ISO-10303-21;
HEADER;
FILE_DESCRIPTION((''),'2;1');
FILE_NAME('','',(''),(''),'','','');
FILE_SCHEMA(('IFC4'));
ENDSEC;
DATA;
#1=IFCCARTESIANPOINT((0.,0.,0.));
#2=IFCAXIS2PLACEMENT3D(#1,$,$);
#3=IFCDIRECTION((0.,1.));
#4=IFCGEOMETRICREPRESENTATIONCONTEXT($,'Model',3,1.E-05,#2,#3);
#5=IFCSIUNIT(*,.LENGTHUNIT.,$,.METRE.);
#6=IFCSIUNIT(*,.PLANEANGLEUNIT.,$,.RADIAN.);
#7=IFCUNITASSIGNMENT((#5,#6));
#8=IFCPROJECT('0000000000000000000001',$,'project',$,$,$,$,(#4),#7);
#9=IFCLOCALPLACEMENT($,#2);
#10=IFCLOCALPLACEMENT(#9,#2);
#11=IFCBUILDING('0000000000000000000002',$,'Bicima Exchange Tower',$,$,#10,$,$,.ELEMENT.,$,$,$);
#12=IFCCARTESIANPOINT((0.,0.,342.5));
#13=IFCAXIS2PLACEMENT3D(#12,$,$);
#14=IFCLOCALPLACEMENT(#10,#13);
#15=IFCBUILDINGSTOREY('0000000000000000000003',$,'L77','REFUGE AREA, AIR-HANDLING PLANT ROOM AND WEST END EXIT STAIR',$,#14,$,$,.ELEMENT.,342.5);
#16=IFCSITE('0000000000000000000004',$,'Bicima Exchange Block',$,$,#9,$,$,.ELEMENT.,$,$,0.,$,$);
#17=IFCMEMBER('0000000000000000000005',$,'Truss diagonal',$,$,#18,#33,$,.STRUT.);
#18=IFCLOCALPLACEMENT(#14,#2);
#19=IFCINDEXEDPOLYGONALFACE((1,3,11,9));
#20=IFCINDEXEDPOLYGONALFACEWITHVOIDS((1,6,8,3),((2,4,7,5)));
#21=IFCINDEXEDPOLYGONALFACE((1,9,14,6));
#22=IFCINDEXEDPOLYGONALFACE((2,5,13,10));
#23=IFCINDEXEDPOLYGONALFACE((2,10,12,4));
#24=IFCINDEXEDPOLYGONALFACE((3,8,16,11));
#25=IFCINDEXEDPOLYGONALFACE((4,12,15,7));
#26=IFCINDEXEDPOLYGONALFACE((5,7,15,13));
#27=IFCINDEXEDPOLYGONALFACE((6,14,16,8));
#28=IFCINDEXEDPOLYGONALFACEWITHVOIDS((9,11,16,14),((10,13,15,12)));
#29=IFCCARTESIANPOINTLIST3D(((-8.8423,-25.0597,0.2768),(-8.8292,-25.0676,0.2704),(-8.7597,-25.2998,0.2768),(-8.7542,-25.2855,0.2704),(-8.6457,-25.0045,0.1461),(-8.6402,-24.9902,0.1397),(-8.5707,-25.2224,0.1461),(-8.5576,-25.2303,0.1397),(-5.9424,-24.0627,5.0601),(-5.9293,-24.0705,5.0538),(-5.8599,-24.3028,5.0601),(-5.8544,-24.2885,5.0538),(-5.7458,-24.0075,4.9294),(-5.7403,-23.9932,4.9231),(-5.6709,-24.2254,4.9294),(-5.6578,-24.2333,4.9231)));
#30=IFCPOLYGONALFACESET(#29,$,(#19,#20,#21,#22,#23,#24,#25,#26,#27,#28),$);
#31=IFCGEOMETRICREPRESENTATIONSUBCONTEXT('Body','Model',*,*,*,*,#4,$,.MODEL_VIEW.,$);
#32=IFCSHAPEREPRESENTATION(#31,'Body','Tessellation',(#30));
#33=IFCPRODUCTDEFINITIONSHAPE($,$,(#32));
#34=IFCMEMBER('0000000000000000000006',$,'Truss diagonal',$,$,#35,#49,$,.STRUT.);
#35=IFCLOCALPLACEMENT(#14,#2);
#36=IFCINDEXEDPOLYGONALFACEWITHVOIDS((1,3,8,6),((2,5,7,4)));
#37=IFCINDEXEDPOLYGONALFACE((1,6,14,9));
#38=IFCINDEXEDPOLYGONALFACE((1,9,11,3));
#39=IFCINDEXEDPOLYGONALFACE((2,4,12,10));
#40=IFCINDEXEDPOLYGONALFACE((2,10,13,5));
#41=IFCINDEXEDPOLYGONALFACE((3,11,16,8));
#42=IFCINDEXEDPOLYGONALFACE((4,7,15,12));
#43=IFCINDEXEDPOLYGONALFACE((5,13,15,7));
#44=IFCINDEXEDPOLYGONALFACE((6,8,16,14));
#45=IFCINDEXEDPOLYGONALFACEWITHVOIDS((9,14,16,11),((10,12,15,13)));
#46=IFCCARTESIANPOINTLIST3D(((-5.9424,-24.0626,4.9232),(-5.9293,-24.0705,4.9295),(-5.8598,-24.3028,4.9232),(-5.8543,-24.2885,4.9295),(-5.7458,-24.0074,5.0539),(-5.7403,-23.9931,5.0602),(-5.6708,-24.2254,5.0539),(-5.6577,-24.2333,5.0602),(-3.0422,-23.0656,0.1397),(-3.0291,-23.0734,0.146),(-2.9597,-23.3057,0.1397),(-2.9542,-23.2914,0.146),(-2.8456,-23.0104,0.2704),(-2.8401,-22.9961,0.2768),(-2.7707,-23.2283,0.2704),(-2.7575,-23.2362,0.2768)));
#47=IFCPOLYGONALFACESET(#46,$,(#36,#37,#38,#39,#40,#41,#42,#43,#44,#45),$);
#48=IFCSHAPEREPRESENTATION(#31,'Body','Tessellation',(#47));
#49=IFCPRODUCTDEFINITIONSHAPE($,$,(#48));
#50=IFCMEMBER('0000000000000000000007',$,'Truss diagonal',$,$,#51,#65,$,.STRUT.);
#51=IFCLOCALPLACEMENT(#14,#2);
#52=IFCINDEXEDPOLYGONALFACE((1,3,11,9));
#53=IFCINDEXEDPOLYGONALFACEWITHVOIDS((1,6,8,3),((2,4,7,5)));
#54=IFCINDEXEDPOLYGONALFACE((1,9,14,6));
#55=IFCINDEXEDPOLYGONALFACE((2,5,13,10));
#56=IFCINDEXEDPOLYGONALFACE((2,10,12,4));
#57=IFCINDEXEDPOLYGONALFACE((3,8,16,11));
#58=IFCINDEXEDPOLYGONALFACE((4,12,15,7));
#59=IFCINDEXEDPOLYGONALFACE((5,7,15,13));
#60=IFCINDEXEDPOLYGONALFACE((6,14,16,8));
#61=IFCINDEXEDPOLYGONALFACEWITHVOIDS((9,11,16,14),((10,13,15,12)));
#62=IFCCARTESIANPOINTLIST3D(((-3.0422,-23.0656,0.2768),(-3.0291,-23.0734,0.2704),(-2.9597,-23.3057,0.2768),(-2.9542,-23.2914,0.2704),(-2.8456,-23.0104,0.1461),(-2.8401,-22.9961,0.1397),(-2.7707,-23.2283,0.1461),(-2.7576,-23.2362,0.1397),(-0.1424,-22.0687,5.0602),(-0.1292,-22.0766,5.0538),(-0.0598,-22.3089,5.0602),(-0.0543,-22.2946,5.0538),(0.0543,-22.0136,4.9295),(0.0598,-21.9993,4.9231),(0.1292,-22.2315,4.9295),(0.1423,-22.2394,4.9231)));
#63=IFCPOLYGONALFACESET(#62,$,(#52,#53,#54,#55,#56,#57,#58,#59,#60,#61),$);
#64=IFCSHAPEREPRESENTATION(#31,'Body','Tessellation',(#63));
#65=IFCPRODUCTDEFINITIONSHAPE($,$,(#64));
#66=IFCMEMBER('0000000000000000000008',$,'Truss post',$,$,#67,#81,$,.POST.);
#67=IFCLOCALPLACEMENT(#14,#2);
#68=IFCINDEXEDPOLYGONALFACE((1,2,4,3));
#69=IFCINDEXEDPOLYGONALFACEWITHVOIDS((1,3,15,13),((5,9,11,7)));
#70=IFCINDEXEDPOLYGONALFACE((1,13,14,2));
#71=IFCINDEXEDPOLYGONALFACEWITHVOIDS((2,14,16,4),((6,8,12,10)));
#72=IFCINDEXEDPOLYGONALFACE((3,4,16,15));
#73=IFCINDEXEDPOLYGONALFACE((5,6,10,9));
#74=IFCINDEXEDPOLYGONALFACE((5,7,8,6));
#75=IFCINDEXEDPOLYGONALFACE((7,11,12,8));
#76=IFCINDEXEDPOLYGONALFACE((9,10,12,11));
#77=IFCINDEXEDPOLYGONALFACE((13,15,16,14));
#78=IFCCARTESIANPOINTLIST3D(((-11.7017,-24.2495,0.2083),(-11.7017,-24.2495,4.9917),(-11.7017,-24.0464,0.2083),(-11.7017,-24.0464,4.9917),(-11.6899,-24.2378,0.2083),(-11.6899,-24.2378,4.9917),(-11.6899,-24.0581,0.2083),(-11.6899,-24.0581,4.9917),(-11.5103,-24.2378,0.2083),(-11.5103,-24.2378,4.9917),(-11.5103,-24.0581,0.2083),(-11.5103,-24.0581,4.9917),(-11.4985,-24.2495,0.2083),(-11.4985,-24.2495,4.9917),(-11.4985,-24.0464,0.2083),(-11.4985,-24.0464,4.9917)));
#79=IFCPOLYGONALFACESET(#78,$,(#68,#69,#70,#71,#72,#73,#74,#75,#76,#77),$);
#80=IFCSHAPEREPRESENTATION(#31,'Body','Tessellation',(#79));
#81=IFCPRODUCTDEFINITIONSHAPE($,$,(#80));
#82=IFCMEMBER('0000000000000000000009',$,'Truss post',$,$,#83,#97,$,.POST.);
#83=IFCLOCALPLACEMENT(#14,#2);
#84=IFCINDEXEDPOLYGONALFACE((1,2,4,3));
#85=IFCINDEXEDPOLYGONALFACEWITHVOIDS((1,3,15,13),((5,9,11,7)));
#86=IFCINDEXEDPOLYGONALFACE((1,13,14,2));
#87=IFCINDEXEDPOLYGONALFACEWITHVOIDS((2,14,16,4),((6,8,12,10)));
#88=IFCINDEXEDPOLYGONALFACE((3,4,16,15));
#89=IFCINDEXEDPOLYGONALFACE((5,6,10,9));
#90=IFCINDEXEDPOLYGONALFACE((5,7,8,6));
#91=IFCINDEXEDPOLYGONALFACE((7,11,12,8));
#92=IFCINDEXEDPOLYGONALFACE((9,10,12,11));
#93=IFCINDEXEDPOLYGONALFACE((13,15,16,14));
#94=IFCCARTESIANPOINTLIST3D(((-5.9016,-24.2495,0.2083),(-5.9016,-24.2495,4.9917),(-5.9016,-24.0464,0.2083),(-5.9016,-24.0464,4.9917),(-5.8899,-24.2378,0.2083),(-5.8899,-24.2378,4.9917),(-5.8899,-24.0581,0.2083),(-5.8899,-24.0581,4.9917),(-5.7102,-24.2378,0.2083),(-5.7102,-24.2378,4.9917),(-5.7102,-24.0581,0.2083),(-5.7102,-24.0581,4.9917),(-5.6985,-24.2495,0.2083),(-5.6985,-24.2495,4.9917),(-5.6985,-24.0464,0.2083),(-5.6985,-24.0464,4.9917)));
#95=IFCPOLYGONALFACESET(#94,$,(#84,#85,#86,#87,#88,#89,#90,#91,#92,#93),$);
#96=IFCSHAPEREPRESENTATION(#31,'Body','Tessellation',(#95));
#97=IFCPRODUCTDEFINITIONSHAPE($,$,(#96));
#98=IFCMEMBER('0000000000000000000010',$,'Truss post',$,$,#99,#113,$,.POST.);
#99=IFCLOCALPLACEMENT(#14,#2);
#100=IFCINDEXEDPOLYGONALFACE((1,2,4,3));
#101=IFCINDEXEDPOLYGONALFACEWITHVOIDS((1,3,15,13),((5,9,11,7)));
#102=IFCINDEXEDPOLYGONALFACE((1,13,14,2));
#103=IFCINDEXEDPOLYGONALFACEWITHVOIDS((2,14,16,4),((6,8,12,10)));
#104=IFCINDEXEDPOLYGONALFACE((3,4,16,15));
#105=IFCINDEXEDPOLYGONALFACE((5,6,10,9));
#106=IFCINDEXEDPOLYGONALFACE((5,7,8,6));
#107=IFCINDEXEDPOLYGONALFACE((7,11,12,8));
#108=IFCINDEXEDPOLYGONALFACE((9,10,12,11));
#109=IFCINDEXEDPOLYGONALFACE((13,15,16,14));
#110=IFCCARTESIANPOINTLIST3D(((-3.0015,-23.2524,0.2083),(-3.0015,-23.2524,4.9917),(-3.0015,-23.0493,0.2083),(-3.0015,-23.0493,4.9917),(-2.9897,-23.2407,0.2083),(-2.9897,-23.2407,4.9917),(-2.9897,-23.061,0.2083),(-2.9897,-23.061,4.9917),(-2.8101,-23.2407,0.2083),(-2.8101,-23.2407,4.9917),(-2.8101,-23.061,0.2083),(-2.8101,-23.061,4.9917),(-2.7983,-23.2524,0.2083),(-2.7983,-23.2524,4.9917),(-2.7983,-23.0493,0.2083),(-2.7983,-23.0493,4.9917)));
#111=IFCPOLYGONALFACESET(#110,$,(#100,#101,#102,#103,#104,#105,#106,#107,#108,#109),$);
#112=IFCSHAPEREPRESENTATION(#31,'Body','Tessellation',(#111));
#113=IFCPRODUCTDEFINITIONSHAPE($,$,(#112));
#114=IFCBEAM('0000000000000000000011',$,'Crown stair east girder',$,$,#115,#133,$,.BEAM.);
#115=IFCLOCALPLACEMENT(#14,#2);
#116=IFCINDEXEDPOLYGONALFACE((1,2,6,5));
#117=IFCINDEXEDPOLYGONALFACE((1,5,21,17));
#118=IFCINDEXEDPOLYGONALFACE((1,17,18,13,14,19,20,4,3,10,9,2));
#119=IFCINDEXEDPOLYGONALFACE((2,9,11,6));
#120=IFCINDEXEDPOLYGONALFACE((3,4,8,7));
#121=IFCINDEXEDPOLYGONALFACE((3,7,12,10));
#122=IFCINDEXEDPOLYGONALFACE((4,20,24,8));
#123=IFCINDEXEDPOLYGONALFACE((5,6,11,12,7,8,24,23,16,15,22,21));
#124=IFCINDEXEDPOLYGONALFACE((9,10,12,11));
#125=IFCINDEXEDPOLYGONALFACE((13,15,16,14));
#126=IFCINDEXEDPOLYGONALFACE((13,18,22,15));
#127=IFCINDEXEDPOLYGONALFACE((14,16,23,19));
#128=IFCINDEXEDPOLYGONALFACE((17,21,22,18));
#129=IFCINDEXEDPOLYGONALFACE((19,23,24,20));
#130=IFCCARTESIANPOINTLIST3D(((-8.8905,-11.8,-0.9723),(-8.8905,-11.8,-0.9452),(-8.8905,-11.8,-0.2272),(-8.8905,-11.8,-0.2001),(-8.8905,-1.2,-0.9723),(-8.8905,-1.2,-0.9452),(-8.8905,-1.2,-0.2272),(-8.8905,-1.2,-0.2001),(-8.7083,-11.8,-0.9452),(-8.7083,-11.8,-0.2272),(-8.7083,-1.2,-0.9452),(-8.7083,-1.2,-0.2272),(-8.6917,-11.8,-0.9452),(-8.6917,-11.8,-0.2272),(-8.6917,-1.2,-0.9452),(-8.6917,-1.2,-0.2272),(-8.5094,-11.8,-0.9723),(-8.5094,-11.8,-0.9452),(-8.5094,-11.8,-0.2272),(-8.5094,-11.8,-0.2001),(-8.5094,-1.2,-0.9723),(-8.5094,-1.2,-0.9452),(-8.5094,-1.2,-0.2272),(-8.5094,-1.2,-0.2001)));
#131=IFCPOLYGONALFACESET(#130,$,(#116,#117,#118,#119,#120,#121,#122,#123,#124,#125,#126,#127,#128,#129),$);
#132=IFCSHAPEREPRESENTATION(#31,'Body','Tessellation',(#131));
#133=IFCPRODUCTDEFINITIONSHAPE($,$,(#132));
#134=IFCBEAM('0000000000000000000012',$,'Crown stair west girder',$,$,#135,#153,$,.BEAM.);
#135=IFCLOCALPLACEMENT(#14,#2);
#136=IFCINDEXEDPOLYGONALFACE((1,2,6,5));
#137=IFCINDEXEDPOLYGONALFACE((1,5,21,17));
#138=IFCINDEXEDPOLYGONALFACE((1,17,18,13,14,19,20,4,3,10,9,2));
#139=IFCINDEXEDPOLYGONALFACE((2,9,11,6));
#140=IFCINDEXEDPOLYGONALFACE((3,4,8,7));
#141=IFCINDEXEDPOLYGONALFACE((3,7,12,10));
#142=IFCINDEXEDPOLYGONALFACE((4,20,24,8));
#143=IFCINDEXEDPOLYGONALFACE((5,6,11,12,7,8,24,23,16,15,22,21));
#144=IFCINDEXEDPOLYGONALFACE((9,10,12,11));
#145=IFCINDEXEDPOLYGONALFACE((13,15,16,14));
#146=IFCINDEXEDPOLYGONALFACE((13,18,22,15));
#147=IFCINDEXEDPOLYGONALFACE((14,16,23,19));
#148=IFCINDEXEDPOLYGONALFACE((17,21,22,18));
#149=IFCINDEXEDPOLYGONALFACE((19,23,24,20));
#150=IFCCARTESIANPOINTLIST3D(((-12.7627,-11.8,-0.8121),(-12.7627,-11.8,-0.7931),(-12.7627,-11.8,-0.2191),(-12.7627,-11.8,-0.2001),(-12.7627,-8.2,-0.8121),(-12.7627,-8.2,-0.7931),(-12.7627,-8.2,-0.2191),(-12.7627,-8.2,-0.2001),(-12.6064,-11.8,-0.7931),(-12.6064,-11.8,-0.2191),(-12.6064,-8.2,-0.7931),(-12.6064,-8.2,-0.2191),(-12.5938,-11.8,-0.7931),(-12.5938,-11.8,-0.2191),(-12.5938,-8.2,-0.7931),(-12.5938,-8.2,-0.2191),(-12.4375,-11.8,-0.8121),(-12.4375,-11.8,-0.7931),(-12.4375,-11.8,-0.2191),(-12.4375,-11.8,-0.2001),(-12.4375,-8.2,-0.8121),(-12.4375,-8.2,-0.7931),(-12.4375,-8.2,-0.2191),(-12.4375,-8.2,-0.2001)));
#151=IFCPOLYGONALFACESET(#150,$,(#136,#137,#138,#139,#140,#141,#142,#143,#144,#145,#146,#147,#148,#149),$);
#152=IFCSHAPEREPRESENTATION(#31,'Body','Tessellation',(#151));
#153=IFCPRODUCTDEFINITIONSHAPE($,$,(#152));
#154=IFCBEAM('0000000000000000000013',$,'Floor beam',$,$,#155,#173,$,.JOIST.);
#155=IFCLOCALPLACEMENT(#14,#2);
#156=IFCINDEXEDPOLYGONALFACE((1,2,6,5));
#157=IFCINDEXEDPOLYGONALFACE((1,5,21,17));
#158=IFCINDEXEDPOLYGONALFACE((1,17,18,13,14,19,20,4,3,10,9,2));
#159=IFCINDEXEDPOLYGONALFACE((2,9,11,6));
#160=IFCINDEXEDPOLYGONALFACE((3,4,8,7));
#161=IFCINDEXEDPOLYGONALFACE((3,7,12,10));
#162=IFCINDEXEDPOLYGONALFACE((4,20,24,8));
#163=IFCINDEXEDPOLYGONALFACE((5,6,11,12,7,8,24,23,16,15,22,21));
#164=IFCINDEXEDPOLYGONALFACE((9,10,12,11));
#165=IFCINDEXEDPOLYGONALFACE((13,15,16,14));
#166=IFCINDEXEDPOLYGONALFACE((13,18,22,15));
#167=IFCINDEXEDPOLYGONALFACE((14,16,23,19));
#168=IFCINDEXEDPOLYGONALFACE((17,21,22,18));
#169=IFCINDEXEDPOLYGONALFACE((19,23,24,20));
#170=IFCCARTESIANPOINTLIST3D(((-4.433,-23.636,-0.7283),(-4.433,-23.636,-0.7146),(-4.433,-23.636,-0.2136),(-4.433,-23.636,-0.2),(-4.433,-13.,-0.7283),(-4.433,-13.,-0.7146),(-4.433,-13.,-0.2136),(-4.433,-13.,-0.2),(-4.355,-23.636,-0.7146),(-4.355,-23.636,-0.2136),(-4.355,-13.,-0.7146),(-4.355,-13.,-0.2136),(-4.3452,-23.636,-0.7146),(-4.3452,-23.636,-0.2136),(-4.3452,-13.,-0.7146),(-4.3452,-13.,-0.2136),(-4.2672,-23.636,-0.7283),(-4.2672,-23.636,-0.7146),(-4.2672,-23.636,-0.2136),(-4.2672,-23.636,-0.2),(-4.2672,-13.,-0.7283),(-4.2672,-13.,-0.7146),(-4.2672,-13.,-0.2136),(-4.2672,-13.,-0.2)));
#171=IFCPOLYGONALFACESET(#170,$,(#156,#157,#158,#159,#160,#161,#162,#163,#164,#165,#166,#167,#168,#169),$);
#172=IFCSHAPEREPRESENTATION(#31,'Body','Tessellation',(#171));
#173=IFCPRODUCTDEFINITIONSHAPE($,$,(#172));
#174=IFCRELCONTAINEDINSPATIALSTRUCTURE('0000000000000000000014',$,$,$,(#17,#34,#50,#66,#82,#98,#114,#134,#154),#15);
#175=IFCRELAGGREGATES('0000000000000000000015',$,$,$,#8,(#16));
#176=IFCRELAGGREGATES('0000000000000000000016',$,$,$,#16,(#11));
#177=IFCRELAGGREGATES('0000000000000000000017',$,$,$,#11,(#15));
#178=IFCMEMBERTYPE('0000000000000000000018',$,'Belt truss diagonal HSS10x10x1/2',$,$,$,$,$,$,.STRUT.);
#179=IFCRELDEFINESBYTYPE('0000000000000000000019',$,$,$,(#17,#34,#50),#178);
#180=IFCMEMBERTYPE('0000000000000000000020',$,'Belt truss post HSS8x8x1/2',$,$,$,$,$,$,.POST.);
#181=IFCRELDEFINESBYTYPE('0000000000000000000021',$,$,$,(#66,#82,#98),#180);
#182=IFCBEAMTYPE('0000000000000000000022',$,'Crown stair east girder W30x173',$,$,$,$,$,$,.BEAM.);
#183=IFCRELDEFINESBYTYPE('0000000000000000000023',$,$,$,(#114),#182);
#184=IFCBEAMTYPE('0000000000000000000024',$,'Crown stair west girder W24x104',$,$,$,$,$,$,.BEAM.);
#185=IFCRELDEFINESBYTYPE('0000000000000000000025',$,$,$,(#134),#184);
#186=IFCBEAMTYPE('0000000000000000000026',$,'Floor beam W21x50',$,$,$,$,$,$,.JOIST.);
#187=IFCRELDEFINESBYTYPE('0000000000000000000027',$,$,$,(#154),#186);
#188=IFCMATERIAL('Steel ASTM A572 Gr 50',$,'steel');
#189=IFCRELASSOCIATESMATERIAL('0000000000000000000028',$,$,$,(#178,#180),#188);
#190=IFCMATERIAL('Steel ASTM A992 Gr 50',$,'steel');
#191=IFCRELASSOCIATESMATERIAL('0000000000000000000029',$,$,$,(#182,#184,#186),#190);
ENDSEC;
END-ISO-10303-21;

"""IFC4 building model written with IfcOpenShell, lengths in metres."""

from ifc_helpers import new_model, si_unit, direction, frame, origin, origin_2d, place, context, subcontext, project, spatial, hollow_rectangle, i_section, extrude, material, material_profile, profile_set, type_object, element, save


model = new_model("IFC4")

# Units and contexts
model_context = context("Model", 3, precision=1e-05, world=origin(), true_north=direction((0.0, 1.0)))
body_context = subcontext(model_context, "Body", "Model", "MODEL_VIEW")
ifc_project = project(units=[si_unit("LENGTHUNIT", "METRE"), si_unit("PLANEANGLEUNIT", "RADIAN")], contexts=[model_context])

# Site, building, storey
site_placement = place(None, origin())
site = spatial("IfcSite", under=ifc_project, at=site_placement, Name="Bicima Exchange Block", CompositionType="ELEMENT", RefElevation=0.0)
building_placement = place(site_placement, origin())
building = spatial("IfcBuilding", under=site, at=building_placement, Name="Bicima Exchange Tower", CompositionType="ELEMENT")
storey_placement = place(building_placement, frame((0.0, 0.0, 342.5)))
storey = spatial("IfcBuildingStorey", under=building, at=storey_placement, Name="L77", Description="REFUGE AREA, AIR-HANDLING PLANT ROOM AND WEST END EXIT STAIR", CompositionType="ELEMENT", Elevation=342.5)

# Shared definitions
ifc_material_1 = material(Name="Steel ASTM A992 Gr 50", Category="steel")

# Members
ifc_material_2 = material(Name="Steel ASTM A572 Gr 50", Category="steel")
ifc_material_profile_1 = material_profile(ifc_material_2, hollow_rectangle(XDim=0.2539, YDim=0.2539, WallThickness=0.0117, at=origin_2d()))
ifc_profile_set_1 = profile_set([ifc_material_profile_1], Name="Steel ASTM A572 Gr 50")
member_type_1 = type_object("IfcMemberType", Name="Belt truss diagonal HSS10x10x1/2", PredefinedType="STRUT", material=ifc_profile_set_1)
member_1_placement = place(storey_placement, frame((-8.7, -25.145, 0.2083), z_axis=(0.510368, 0.175479, 0.841862), x_axis=(-0.325147, 0.945664, 0.0)))
element("IfcMember", 1, at=member_1_placement, inside=storey, type_object=member_type_1, Name="Truss diagonal", PredefinedType="STRUT", context=body_context, shape_type="SweptSolid", body=[
    extrude(hollow_rectangle(XDim=0.2539, YDim=0.2539, WallThickness=0.0117, at=origin_2d()), origin(), (0.0, 0.0, 1.0), 5.6819),
])
member_2_placement = place(storey_placement, frame((-5.8, -24.1479, 4.9917), z_axis=(0.5104, 0.175475, -0.841844), x_axis=(-0.325122, 0.945672, 0.0)))
element("IfcMember", 2, at=member_2_placement, inside=storey, type_object=member_type_1, Name="Truss diagonal", PredefinedType="STRUT", context=body_context, shape_type="SweptSolid", body=[
    extrude(hollow_rectangle(XDim=0.2539, YDim=0.2539, WallThickness=0.0117, at=origin_2d()), origin(), (0.0, 0.0, 1.0), 5.6821),
])
member_3_placement = place(storey_placement, frame((-2.8999, -23.1509, 0.2083), z_axis=(0.510372, 0.175438, 0.841868), x_axis=(-0.325075, 0.945688, 0.0)))
element("IfcMember", 3, at=member_3_placement, inside=storey, type_object=member_type_1, Name="Truss diagonal", PredefinedType="STRUT", context=body_context, shape_type="SweptSolid", body=[
    extrude(hollow_rectangle(XDim=0.2539, YDim=0.2539, WallThickness=0.0117, at=origin_2d()), origin(), (0.0, 0.0, 1.0), 5.6819),
])
ifc_material_profile_2 = material_profile(ifc_material_2, hollow_rectangle(XDim=0.2031, YDim=0.2031, WallThickness=0.0117, at=origin_2d()))
ifc_profile_set_2 = profile_set([ifc_material_profile_2], Name="Steel ASTM A572 Gr 50")
member_type_2 = type_object("IfcMemberType", Name="Belt truss post HSS8x8x1/2", PredefinedType="POST", material=ifc_profile_set_2)
for number, where, z_axis, x_axis, name in (
    (4, (-11.6001, -24.1479, 0.2083), (0.0, 0.0, 1.0), (1.0, 0.0, 0.0), "Truss post"),
    (5, (-5.8, -24.1479, 0.2083), (0.0, 0.0, 1.0), (1.0, 0.0, 0.0), "Truss post"),
    (6, (-2.8999, -23.1509, 0.2083), (0.0, 0.0, 1.0), (1.0, 0.0, 0.0), "Truss post"),
):
    element("IfcMember", number, at=place(storey_placement, frame(where, z_axis=z_axis, x_axis=x_axis)), inside=storey, type_object=member_type_2, Name=name, PredefinedType="POST", context=body_context, shape_type="SweptSolid", body=[
        extrude(hollow_rectangle(XDim=0.2031, YDim=0.2031, WallThickness=0.0117, at=origin_2d()), origin(), (0.0, 0.0, 1.0), 4.7834),
    ])

# Beams
ifc_material_profile_3 = material_profile(ifc_material_1, i_section(OverallWidth=0.3811, OverallDepth=0.7722, WebThickness=0.0166, FlangeThickness=0.0271, at=origin_2d()))
ifc_profile_set_3 = profile_set([ifc_material_profile_3], Name="Steel ASTM A992 Gr 50")
beam_type_1 = type_object("IfcBeamType", Name="Crown stair east girder W30x173", PredefinedType="BEAM", material=ifc_profile_set_3)
beam_1_placement = place(storey_placement, frame((-8.7, -11.8, -0.5862), z_axis=(0.0, 1.0, 0.0), x_axis=(-1.0, 0.0, 0.0)))
element("IfcBeam", 7, at=beam_1_placement, inside=storey, type_object=beam_type_1, Name="Crown stair east girder", PredefinedType="BEAM", context=body_context, shape_type="SweptSolid", body=[
    extrude(i_section(OverallWidth=0.3811, OverallDepth=0.7722, WebThickness=0.0166, FlangeThickness=0.0271, at=origin_2d()), origin(), (0.0, 0.0, 1.0), 10.6001),
])
ifc_material_profile_4 = material_profile(ifc_material_1, i_section(OverallWidth=0.3252, OverallDepth=0.6121, WebThickness=0.0127, FlangeThickness=0.019, at=origin_2d()))
ifc_profile_set_4 = profile_set([ifc_material_profile_4], Name="Steel ASTM A992 Gr 50")
beam_type_2 = type_object("IfcBeamType", Name="Crown stair west girder W24x104", PredefinedType="BEAM", material=ifc_profile_set_4)
beam_2_placement = place(storey_placement, frame((-12.6001, -11.8, -0.5061), z_axis=(0.0, 1.0, 0.0), x_axis=(-1.0, 0.0, 0.0)))
element("IfcBeam", 8, at=beam_2_placement, inside=storey, type_object=beam_type_2, Name="Crown stair west girder", PredefinedType="BEAM", context=body_context, shape_type="SweptSolid", body=[
    extrude(i_section(OverallWidth=0.3252, OverallDepth=0.6121, WebThickness=0.0127, FlangeThickness=0.019, at=origin_2d()), origin(), (0.0, 0.0, 1.0), 3.6001),
])
ifc_material_profile_5 = material_profile(ifc_material_1, i_section(OverallWidth=0.1658, OverallDepth=0.5283, WebThickness=0.0098, FlangeThickness=0.0137, at=origin_2d()))
ifc_profile_set_5 = profile_set([ifc_material_profile_5], Name="Steel ASTM A992 Gr 50")
beam_type_3 = type_object("IfcBeamType", Name="Floor beam W21x50", PredefinedType="JOIST", material=ifc_profile_set_5)
beam_3_placement = place(storey_placement, frame((-4.3501, -13.0, -0.4641), z_axis=(0.0, -1.0, 0.0), x_axis=(1.0, 0.0, 0.0)))
element("IfcBeam", 9, at=beam_3_placement, inside=storey, type_object=beam_type_3, Name="Floor beam", PredefinedType="JOIST", context=body_context, shape_type="SweptSolid", body=[
    extrude(i_section(OverallWidth=0.1658, OverallDepth=0.5283, WebThickness=0.0098, FlangeThickness=0.0137, at=origin_2d()), origin(), (0.0, 0.0, 1.0), 10.636),
])

save(model, "model.ifc")
